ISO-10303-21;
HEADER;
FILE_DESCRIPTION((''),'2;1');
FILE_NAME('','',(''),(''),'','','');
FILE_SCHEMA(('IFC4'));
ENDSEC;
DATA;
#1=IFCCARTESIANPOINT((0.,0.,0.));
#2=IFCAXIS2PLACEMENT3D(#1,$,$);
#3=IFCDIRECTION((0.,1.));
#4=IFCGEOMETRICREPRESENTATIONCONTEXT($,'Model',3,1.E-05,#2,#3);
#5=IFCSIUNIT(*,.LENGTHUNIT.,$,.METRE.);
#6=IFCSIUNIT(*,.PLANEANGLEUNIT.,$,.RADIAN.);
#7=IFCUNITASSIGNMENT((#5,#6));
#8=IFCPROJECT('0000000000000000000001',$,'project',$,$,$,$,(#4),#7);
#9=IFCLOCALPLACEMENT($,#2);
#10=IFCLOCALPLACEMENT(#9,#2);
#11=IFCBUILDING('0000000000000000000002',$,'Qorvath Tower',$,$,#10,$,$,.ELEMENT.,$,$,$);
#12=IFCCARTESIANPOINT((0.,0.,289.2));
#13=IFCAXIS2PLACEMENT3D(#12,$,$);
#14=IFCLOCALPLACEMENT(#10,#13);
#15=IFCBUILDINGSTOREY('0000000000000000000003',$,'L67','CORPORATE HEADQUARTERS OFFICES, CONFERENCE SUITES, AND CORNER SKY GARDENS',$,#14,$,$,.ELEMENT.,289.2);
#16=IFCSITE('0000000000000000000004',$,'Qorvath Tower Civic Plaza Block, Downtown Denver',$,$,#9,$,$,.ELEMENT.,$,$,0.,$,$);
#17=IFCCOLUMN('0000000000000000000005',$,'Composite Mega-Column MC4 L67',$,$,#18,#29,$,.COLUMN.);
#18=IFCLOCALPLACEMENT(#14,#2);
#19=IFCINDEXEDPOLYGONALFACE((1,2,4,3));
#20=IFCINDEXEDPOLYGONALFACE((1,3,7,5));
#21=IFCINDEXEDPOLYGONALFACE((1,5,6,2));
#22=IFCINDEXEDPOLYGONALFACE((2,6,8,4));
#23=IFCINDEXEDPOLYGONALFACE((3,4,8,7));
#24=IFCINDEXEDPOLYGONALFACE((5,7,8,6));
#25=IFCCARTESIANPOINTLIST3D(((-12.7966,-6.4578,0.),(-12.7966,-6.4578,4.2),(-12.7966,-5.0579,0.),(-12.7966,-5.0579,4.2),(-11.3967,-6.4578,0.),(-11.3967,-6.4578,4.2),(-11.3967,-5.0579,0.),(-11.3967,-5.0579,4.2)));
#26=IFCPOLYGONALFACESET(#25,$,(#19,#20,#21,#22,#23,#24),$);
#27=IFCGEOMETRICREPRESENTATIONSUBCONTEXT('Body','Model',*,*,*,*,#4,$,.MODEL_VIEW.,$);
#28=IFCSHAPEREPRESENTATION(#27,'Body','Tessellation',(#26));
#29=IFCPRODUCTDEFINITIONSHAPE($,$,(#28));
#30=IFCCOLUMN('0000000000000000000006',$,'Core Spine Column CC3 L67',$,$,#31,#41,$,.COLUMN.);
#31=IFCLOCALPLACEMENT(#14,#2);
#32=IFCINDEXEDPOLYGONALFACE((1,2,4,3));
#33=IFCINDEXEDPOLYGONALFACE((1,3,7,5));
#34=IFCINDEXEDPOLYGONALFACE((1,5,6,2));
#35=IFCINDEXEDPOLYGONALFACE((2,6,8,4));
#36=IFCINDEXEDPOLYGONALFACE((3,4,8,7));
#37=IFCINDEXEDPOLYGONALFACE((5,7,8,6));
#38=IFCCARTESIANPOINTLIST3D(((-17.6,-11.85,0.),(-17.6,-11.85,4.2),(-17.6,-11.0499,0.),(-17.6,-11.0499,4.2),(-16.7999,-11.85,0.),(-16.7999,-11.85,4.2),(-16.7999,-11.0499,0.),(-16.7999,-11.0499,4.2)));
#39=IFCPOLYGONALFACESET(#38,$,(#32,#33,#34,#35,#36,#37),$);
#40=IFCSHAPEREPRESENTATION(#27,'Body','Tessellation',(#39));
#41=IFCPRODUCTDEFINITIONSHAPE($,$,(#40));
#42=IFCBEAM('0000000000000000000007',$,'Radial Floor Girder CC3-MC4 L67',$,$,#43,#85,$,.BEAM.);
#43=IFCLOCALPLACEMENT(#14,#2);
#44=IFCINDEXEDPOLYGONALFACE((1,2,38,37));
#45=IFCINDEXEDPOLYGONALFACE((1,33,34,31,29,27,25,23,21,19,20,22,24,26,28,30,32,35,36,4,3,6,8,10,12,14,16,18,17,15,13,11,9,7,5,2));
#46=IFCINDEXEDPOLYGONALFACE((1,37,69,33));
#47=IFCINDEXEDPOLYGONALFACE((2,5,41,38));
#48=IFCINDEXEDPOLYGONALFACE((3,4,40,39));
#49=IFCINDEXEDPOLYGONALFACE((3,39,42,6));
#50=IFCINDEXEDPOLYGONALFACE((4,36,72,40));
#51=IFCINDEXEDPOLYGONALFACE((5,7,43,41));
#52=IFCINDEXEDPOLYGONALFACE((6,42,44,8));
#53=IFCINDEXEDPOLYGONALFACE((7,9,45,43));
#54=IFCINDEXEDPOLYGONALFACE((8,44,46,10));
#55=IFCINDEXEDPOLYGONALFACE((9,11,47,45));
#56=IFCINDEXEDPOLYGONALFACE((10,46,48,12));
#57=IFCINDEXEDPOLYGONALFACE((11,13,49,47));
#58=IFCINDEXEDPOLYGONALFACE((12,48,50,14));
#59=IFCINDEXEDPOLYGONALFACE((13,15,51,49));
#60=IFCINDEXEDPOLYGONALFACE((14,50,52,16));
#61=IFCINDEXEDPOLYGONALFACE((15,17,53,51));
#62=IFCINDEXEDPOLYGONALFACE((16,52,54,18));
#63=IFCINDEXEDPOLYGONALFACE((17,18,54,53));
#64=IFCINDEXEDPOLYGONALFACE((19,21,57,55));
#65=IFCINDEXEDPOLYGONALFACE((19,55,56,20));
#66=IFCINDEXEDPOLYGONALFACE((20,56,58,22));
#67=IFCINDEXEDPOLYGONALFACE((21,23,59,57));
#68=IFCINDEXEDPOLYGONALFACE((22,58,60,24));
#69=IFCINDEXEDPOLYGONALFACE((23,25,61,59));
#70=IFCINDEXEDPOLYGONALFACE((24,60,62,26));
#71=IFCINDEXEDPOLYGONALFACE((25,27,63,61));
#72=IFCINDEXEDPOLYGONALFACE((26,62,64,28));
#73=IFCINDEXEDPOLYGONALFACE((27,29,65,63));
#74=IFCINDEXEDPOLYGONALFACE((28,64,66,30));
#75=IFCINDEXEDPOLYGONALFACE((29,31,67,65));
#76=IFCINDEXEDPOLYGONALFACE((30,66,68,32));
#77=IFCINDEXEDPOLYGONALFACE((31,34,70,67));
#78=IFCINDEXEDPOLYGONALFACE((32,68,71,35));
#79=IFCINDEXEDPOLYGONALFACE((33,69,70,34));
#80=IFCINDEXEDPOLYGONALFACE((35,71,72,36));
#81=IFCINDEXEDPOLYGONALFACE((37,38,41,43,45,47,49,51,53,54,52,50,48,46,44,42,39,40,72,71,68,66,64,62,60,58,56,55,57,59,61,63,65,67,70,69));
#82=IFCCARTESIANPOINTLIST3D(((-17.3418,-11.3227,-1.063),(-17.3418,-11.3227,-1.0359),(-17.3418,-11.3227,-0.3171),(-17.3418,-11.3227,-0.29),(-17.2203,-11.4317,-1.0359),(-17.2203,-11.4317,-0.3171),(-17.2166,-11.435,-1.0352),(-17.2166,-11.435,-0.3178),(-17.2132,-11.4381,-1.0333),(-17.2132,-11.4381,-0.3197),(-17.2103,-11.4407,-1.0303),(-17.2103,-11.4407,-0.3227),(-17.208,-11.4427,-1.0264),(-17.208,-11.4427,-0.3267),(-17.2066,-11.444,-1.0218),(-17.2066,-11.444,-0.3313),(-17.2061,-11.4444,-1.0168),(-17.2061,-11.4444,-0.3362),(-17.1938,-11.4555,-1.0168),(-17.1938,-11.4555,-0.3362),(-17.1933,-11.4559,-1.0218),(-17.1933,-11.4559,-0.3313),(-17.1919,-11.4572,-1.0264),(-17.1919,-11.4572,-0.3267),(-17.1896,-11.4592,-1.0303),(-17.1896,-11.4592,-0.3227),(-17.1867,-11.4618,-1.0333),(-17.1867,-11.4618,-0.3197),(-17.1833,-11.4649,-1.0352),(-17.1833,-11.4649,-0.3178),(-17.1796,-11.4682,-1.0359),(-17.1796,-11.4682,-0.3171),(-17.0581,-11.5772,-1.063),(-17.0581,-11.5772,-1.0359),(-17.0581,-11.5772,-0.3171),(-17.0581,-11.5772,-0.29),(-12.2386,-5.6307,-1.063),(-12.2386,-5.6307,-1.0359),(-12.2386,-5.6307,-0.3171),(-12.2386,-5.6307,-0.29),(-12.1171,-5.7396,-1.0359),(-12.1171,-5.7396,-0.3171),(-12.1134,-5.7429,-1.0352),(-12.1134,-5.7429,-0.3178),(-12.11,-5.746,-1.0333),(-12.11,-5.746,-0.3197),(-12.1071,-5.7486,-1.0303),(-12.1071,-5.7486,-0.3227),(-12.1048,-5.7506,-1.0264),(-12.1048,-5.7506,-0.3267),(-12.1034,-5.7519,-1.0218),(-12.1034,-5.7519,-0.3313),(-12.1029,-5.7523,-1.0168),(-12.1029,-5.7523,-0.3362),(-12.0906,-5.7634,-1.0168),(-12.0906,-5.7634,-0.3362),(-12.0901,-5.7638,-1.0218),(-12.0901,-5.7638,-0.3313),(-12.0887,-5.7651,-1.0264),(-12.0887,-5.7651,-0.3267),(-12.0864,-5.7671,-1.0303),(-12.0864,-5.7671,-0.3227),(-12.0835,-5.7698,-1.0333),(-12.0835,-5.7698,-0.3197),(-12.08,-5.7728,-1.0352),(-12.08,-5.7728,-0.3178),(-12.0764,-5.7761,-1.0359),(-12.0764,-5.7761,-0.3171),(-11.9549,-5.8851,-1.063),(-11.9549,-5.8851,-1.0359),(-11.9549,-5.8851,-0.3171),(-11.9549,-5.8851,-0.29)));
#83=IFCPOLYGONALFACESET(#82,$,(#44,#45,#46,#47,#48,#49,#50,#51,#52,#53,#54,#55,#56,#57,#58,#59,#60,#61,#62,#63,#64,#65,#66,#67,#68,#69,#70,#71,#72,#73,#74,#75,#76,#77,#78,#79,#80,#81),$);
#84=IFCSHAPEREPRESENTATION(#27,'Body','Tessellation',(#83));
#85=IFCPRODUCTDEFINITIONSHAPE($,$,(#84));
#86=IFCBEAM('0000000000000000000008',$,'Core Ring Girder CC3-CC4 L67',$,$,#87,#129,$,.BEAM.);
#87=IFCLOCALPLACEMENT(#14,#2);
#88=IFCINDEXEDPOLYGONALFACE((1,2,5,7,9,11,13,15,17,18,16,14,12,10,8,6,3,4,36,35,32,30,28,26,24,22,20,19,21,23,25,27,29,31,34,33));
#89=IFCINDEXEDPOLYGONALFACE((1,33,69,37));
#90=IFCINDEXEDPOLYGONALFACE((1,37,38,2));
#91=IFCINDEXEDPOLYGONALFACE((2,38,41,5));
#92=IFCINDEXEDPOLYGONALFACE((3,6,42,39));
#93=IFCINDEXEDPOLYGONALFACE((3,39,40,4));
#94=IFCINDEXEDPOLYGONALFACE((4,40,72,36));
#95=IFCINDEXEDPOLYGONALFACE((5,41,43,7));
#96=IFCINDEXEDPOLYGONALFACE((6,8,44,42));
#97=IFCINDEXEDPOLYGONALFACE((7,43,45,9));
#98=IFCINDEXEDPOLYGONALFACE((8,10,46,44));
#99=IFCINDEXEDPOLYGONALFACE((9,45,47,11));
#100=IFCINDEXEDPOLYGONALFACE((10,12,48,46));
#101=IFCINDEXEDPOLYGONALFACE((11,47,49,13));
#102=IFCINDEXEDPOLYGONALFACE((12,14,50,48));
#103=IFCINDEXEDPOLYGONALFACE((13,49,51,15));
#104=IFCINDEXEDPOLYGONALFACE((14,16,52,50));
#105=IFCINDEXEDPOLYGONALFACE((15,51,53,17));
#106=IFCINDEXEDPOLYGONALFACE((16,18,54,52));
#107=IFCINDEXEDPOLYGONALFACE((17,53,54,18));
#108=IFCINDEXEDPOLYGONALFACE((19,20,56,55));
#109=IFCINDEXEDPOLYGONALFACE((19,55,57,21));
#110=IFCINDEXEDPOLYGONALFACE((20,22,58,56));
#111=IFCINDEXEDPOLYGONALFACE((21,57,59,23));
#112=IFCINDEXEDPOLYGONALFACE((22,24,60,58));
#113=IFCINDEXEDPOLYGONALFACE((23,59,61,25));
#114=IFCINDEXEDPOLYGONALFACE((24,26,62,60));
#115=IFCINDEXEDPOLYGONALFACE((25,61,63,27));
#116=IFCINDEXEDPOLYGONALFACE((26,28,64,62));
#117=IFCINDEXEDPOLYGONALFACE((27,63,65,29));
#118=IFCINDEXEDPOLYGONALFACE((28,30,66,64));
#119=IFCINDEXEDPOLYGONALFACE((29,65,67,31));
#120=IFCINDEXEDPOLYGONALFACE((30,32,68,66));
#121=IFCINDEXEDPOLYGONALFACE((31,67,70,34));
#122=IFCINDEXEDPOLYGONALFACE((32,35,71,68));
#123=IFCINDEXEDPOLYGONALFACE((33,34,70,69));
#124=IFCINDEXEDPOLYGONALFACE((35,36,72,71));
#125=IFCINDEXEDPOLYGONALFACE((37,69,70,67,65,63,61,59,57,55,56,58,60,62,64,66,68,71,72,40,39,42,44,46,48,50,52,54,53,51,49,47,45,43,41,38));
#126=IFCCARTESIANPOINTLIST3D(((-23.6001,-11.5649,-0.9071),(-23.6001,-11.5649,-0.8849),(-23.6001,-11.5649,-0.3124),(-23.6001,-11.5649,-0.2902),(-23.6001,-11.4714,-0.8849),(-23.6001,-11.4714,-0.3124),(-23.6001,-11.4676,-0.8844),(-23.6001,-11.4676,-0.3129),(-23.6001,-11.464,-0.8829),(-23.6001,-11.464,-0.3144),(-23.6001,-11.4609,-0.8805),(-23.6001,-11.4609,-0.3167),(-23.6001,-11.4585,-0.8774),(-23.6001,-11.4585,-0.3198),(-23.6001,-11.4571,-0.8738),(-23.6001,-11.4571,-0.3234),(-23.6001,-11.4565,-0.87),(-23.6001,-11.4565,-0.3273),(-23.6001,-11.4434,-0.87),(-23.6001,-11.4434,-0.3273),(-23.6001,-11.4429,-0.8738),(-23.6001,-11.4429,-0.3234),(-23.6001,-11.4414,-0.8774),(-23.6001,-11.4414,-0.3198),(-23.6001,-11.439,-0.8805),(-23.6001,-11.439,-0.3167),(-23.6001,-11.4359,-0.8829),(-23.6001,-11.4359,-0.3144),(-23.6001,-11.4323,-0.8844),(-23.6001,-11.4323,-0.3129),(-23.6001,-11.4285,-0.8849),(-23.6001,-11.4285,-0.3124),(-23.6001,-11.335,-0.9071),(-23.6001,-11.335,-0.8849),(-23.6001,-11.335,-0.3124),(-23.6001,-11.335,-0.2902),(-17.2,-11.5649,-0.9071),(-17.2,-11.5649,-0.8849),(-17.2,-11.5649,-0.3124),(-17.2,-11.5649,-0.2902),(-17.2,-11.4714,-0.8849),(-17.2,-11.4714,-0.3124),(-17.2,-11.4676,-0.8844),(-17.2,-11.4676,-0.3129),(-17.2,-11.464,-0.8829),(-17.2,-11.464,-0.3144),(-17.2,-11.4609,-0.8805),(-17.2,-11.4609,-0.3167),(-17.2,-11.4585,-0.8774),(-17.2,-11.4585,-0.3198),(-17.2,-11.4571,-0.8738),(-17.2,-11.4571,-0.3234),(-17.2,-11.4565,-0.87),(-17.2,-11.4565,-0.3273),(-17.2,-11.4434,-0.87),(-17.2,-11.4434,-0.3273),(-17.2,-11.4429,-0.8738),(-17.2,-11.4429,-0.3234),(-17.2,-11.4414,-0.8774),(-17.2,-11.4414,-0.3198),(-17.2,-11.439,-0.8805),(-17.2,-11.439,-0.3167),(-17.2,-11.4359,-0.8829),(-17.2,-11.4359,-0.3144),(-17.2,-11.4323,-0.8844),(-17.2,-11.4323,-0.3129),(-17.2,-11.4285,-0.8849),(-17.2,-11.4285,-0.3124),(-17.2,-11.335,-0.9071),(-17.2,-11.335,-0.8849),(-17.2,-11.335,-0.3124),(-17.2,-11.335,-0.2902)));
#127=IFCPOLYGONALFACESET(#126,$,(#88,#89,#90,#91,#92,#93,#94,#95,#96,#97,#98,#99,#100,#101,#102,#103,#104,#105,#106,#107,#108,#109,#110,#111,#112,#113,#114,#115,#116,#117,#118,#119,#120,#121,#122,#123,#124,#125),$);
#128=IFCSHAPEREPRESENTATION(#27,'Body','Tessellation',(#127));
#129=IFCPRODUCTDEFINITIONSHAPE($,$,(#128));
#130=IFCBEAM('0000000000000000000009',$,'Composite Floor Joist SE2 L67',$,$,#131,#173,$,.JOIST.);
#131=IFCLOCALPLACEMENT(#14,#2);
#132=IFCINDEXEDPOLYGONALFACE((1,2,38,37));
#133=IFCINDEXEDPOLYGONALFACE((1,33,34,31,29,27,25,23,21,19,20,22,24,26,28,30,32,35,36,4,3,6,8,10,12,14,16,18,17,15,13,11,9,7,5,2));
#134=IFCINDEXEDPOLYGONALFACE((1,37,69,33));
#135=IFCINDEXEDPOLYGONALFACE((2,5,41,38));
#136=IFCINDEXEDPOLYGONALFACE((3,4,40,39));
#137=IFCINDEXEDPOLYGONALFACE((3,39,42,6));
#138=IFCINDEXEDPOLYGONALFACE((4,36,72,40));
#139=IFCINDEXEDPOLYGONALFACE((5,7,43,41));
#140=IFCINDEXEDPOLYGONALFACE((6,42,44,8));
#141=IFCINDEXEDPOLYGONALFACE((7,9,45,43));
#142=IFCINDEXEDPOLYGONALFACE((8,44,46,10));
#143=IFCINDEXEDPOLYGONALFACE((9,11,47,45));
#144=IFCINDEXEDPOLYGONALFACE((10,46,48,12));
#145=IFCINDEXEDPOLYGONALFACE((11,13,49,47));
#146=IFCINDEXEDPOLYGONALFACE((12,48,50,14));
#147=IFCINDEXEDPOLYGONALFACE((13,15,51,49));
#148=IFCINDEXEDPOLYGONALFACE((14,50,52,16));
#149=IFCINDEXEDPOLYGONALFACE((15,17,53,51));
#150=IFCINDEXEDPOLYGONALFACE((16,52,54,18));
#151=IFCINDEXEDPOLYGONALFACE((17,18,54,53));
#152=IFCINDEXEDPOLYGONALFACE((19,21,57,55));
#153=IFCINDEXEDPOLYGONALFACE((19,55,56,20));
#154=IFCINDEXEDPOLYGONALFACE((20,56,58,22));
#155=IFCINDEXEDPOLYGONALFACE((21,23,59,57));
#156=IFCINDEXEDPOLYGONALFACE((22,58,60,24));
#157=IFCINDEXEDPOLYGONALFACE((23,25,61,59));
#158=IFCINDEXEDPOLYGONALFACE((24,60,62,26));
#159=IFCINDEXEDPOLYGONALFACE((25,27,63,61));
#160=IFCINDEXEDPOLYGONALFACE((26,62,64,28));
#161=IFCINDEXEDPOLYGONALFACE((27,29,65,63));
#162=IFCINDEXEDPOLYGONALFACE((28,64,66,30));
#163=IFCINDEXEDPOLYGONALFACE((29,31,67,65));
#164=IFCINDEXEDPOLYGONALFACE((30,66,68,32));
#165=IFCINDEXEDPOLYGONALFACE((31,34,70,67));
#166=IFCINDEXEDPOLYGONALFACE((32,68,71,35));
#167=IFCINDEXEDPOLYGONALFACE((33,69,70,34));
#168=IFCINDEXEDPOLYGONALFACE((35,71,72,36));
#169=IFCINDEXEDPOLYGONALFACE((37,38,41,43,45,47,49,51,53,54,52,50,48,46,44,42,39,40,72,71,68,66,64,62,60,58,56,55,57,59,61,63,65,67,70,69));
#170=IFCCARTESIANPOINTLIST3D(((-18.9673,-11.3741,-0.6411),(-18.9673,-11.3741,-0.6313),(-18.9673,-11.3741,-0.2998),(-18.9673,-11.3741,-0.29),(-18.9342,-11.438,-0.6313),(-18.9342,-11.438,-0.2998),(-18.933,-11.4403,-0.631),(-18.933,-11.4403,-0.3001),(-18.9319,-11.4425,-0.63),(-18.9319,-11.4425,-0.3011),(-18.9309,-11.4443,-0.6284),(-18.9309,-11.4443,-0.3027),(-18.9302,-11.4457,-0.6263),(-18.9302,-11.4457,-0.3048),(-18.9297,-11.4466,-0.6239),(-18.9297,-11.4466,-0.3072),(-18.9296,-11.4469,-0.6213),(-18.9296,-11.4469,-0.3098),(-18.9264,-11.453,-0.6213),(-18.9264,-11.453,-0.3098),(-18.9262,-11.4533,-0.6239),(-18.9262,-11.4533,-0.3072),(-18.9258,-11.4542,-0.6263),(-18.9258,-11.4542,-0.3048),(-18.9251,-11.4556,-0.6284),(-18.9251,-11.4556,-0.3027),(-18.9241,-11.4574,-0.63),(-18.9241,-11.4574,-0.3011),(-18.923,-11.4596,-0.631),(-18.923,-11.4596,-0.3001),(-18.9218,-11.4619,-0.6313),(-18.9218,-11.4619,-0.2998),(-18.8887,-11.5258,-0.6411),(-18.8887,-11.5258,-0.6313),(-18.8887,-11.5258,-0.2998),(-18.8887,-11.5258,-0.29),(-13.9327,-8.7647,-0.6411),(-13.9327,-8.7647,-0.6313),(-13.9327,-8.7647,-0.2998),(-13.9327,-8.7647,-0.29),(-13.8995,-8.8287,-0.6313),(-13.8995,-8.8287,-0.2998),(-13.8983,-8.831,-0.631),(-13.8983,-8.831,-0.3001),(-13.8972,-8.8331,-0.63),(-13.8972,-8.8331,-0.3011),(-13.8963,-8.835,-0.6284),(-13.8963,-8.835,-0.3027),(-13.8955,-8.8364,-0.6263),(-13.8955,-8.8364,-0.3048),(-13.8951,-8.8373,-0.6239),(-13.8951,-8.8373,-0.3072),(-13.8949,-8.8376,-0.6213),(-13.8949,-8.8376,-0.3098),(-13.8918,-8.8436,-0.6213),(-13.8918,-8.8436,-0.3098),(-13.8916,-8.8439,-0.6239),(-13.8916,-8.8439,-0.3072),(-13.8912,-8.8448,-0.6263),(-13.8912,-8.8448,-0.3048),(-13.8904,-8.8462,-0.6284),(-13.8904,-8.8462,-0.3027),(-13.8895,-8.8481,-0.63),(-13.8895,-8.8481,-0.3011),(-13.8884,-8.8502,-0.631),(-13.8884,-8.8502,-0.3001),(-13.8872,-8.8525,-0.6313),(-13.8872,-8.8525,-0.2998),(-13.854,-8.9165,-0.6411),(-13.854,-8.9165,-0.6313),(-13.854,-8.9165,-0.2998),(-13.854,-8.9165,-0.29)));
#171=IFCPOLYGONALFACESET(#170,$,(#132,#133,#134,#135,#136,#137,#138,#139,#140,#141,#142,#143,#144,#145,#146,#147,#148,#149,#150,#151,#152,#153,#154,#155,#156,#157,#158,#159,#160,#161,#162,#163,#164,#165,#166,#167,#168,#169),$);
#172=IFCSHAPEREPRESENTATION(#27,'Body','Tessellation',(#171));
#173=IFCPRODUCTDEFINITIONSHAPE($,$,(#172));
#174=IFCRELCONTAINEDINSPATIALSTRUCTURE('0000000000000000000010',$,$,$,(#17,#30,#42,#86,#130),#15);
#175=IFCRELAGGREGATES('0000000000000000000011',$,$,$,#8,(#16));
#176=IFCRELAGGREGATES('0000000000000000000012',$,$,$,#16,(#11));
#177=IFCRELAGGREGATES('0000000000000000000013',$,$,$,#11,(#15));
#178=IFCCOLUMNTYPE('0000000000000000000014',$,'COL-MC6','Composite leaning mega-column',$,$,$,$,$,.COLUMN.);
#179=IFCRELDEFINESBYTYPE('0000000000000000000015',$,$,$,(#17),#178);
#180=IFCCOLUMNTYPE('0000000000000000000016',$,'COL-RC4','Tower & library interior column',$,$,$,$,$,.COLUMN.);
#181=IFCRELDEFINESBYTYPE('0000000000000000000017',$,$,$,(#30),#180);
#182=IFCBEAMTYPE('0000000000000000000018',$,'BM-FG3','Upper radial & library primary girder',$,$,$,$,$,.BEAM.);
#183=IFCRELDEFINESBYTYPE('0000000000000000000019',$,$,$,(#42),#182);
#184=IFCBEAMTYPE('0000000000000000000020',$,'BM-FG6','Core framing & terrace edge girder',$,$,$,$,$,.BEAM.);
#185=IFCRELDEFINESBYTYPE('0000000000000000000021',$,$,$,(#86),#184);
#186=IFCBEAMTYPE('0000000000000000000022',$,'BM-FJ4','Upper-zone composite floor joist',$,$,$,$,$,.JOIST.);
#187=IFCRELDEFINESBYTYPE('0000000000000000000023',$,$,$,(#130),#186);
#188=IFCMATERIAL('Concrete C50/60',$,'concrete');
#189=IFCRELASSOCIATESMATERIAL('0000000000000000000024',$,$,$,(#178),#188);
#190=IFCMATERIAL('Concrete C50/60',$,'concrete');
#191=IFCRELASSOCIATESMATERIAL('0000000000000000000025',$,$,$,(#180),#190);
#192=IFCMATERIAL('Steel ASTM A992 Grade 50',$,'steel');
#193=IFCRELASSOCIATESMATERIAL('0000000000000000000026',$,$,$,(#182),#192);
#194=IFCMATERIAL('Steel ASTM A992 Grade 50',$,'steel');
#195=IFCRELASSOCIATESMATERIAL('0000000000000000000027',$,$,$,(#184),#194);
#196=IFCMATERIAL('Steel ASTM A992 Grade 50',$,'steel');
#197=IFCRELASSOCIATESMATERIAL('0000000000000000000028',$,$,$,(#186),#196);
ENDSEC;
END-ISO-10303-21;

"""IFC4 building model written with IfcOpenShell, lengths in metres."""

from ifc_helpers import new_model, si_unit, direction, frame, origin, origin_2d, place, context, subcontext, project, spatial, rectangle, i_section, extrude, material, material_profile, profile_set, type_object, element, save


model = new_model("IFC4")

# Units and contexts
model_context = context("Model", 3, precision=1e-05, world=origin(), true_north=direction((0.0, 1.0)))
body_context = subcontext(model_context, "Body", "Model", "MODEL_VIEW")
ifc_project = project(units=[si_unit("LENGTHUNIT", "METRE"), si_unit("PLANEANGLEUNIT", "RADIAN")], contexts=[model_context])

# Site, building, storey
site_placement = place(None, origin())
site = spatial("IfcSite", under=ifc_project, at=site_placement, Name="Qorvath Tower Civic Plaza Block, Downtown Denver", CompositionType="ELEMENT", RefElevation=0.0)
building_placement = place(site_placement, origin())
building = spatial("IfcBuilding", under=site, at=building_placement, Name="Qorvath Tower", CompositionType="ELEMENT")
storey_placement = place(building_placement, frame((0.0, 0.0, 289.2)))
storey = spatial("IfcBuildingStorey", under=building, at=storey_placement, Name="L67", Description="CORPORATE HEADQUARTERS OFFICES, CONFERENCE SUITES, AND CORNER SKY GARDENS", CompositionType="ELEMENT", Elevation=289.2)

# Columns
ifc_material_1 = material(Name="Concrete C50/60", Category="concrete")
ifc_material_profile_1 = material_profile(ifc_material_1, rectangle(XDim=1.3999, YDim=1.3999, at=origin_2d()), Name="MC 1400x1400")
ifc_profile_set_1 = profile_set([ifc_material_profile_1], Name="Concrete C50/60")
column_type_1 = type_object("IfcColumnType", Name="COL-MC6", Description="Composite leaning mega-column", PredefinedType="COLUMN", material=ifc_profile_set_1)
column_1_placement = place(storey_placement, frame((-12.0967, -5.7578, 0.0), z_axis=(0.0, 0.0, 1.0), x_axis=(1.0, 0.0, 0.0)))
element("IfcColumn", 1, at=column_1_placement, inside=storey, type_object=column_type_1, Name="Composite Mega-Column MC4 L67", PredefinedType="COLUMN", context=body_context, shape_type="SweptSolid", body=[
    extrude(rectangle(XDim=1.3999, YDim=1.3999, at=origin_2d()), origin(), (0.0, 0.0, 1.0), 4.2),
])
ifc_material_2 = material(Name="Concrete C50/60", Category="concrete")
ifc_material_profile_2 = material_profile(ifc_material_2, rectangle(XDim=0.8, YDim=0.8, at=origin_2d()), Name="RC 800x800")
ifc_profile_set_2 = profile_set([ifc_material_profile_2], Name="Concrete C50/60")
column_type_2 = type_object("IfcColumnType", Name="COL-RC4", Description="Tower & library interior column", PredefinedType="COLUMN", material=ifc_profile_set_2)
column_2_placement = place(storey_placement, frame((-17.2, -11.45, 0.0), z_axis=(0.0, 0.0, 1.0), x_axis=(1.0, 0.0, 0.0)))
element("IfcColumn", 2, at=column_2_placement, inside=storey, type_object=column_type_2, Name="Core Spine Column CC3 L67", PredefinedType="COLUMN", context=body_context, shape_type="SweptSolid", body=[
    extrude(rectangle(XDim=0.8, YDim=0.8, at=origin_2d()), origin(), (0.0, 0.0, 1.0), 4.2),
])

# Beams
ifc_material_3 = material(Name="Steel ASTM A992 Grade 50", Category="steel")
ifc_material_profile_3 = material_profile(ifc_material_3, i_section(OverallWidth=0.3811, OverallDepth=0.7729, WebThickness=0.0166, FlangeThickness=0.0271, FilletRadius=0.019, at=origin_2d()), Name="W30x173")
ifc_profile_set_3 = profile_set([ifc_material_profile_3], Name="Steel ASTM A992 Grade 50")
beam_type_1 = type_object("IfcBeamType", Name="BM-FG3", Description="Upper radial & library primary girder", PredefinedType="BEAM", material=ifc_profile_set_3)
beam_1_placement = place(storey_placement, frame((-17.2, -11.45, -0.6765), z_axis=(0.667543, 0.744571, 0.0), x_axis=(-0.744571, 0.667543, 0.0)))
element("IfcBeam", 3, at=beam_1_placement, inside=storey, type_object=beam_type_1, Name="Radial Floor Girder CC3-MC4 L67", PredefinedType="BEAM", context=body_context, shape_type="SweptSolid", body=[
    extrude(i_section(OverallWidth=0.3811, OverallDepth=0.7729, WebThickness=0.0166, FlangeThickness=0.0271, FilletRadius=0.019, at=origin_2d()), origin(), (0.0, 0.0, 1.0), 7.6448),
])
ifc_material_4 = material(Name="Steel ASTM A992 Grade 50", Category="steel")
ifc_material_profile_4 = material_profile(ifc_material_4, i_section(OverallWidth=0.23, OverallDepth=0.6169, WebThickness=0.0132, FlangeThickness=0.0222, FilletRadius=0.0149, at=origin_2d()), Name="W24x94")
ifc_profile_set_4 = profile_set([ifc_material_profile_4], Name="Steel ASTM A992 Grade 50")
beam_type_2 = type_object("IfcBeamType", Name="BM-FG6", Description="Core framing & terrace edge girder", PredefinedType="BEAM", material=ifc_profile_set_4)
beam_2_placement = place(storey_placement, frame((-17.2, -11.45, -0.5986), z_axis=(-1.0, 0.0, 0.0), x_axis=(0.0, -1.0, 0.0)))
element("IfcBeam", 4, at=beam_2_placement, inside=storey, type_object=beam_type_2, Name="Core Ring Girder CC3-CC4 L67", PredefinedType="BEAM", context=body_context, shape_type="SweptSolid", body=[
    extrude(i_section(OverallWidth=0.23, OverallDepth=0.6169, WebThickness=0.0132, FlangeThickness=0.0222, FilletRadius=0.0149, at=origin_2d()), origin(), (0.0, 0.0, 1.0), 6.4001),
])
ifc_material_5 = material(Name="Steel ASTM A992 Grade 50", Category="steel")
ifc_material_profile_5 = material_profile(ifc_material_5, i_section(OverallWidth=0.1709, OverallDepth=0.3511, WebThickness=0.0068, FlangeThickness=0.0098, FilletRadius=0.01, at=origin_2d()), Name="W14x30")
ifc_profile_set_5 = profile_set([ifc_material_profile_5], Name="Steel ASTM A992 Grade 50")
beam_type_3 = type_object("IfcBeamType", Name="BM-FJ4", Description="Upper-zone composite floor joist", PredefinedType="JOIST", material=ifc_profile_set_5)
beam_3_placement = place(storey_placement, frame((-18.928, -11.45, -0.4656), z_axis=(0.887841, 0.460151, 0.0), x_axis=(-0.460151, 0.887841, 0.0)))
element("IfcBeam", 5, at=beam_3_placement, inside=storey, type_object=beam_type_3, Name="Composite Floor Joist SE2 L67", PredefinedType="JOIST", context=body_context, shape_type="SweptSolid", body=[
    extrude(i_section(OverallWidth=0.1709, OverallDepth=0.3511, WebThickness=0.0068, FlangeThickness=0.0098, FilletRadius=0.01, at=origin_2d()), origin(), (0.0, 0.0, 1.0), 5.6707),
])

save(model, "model.ifc")
